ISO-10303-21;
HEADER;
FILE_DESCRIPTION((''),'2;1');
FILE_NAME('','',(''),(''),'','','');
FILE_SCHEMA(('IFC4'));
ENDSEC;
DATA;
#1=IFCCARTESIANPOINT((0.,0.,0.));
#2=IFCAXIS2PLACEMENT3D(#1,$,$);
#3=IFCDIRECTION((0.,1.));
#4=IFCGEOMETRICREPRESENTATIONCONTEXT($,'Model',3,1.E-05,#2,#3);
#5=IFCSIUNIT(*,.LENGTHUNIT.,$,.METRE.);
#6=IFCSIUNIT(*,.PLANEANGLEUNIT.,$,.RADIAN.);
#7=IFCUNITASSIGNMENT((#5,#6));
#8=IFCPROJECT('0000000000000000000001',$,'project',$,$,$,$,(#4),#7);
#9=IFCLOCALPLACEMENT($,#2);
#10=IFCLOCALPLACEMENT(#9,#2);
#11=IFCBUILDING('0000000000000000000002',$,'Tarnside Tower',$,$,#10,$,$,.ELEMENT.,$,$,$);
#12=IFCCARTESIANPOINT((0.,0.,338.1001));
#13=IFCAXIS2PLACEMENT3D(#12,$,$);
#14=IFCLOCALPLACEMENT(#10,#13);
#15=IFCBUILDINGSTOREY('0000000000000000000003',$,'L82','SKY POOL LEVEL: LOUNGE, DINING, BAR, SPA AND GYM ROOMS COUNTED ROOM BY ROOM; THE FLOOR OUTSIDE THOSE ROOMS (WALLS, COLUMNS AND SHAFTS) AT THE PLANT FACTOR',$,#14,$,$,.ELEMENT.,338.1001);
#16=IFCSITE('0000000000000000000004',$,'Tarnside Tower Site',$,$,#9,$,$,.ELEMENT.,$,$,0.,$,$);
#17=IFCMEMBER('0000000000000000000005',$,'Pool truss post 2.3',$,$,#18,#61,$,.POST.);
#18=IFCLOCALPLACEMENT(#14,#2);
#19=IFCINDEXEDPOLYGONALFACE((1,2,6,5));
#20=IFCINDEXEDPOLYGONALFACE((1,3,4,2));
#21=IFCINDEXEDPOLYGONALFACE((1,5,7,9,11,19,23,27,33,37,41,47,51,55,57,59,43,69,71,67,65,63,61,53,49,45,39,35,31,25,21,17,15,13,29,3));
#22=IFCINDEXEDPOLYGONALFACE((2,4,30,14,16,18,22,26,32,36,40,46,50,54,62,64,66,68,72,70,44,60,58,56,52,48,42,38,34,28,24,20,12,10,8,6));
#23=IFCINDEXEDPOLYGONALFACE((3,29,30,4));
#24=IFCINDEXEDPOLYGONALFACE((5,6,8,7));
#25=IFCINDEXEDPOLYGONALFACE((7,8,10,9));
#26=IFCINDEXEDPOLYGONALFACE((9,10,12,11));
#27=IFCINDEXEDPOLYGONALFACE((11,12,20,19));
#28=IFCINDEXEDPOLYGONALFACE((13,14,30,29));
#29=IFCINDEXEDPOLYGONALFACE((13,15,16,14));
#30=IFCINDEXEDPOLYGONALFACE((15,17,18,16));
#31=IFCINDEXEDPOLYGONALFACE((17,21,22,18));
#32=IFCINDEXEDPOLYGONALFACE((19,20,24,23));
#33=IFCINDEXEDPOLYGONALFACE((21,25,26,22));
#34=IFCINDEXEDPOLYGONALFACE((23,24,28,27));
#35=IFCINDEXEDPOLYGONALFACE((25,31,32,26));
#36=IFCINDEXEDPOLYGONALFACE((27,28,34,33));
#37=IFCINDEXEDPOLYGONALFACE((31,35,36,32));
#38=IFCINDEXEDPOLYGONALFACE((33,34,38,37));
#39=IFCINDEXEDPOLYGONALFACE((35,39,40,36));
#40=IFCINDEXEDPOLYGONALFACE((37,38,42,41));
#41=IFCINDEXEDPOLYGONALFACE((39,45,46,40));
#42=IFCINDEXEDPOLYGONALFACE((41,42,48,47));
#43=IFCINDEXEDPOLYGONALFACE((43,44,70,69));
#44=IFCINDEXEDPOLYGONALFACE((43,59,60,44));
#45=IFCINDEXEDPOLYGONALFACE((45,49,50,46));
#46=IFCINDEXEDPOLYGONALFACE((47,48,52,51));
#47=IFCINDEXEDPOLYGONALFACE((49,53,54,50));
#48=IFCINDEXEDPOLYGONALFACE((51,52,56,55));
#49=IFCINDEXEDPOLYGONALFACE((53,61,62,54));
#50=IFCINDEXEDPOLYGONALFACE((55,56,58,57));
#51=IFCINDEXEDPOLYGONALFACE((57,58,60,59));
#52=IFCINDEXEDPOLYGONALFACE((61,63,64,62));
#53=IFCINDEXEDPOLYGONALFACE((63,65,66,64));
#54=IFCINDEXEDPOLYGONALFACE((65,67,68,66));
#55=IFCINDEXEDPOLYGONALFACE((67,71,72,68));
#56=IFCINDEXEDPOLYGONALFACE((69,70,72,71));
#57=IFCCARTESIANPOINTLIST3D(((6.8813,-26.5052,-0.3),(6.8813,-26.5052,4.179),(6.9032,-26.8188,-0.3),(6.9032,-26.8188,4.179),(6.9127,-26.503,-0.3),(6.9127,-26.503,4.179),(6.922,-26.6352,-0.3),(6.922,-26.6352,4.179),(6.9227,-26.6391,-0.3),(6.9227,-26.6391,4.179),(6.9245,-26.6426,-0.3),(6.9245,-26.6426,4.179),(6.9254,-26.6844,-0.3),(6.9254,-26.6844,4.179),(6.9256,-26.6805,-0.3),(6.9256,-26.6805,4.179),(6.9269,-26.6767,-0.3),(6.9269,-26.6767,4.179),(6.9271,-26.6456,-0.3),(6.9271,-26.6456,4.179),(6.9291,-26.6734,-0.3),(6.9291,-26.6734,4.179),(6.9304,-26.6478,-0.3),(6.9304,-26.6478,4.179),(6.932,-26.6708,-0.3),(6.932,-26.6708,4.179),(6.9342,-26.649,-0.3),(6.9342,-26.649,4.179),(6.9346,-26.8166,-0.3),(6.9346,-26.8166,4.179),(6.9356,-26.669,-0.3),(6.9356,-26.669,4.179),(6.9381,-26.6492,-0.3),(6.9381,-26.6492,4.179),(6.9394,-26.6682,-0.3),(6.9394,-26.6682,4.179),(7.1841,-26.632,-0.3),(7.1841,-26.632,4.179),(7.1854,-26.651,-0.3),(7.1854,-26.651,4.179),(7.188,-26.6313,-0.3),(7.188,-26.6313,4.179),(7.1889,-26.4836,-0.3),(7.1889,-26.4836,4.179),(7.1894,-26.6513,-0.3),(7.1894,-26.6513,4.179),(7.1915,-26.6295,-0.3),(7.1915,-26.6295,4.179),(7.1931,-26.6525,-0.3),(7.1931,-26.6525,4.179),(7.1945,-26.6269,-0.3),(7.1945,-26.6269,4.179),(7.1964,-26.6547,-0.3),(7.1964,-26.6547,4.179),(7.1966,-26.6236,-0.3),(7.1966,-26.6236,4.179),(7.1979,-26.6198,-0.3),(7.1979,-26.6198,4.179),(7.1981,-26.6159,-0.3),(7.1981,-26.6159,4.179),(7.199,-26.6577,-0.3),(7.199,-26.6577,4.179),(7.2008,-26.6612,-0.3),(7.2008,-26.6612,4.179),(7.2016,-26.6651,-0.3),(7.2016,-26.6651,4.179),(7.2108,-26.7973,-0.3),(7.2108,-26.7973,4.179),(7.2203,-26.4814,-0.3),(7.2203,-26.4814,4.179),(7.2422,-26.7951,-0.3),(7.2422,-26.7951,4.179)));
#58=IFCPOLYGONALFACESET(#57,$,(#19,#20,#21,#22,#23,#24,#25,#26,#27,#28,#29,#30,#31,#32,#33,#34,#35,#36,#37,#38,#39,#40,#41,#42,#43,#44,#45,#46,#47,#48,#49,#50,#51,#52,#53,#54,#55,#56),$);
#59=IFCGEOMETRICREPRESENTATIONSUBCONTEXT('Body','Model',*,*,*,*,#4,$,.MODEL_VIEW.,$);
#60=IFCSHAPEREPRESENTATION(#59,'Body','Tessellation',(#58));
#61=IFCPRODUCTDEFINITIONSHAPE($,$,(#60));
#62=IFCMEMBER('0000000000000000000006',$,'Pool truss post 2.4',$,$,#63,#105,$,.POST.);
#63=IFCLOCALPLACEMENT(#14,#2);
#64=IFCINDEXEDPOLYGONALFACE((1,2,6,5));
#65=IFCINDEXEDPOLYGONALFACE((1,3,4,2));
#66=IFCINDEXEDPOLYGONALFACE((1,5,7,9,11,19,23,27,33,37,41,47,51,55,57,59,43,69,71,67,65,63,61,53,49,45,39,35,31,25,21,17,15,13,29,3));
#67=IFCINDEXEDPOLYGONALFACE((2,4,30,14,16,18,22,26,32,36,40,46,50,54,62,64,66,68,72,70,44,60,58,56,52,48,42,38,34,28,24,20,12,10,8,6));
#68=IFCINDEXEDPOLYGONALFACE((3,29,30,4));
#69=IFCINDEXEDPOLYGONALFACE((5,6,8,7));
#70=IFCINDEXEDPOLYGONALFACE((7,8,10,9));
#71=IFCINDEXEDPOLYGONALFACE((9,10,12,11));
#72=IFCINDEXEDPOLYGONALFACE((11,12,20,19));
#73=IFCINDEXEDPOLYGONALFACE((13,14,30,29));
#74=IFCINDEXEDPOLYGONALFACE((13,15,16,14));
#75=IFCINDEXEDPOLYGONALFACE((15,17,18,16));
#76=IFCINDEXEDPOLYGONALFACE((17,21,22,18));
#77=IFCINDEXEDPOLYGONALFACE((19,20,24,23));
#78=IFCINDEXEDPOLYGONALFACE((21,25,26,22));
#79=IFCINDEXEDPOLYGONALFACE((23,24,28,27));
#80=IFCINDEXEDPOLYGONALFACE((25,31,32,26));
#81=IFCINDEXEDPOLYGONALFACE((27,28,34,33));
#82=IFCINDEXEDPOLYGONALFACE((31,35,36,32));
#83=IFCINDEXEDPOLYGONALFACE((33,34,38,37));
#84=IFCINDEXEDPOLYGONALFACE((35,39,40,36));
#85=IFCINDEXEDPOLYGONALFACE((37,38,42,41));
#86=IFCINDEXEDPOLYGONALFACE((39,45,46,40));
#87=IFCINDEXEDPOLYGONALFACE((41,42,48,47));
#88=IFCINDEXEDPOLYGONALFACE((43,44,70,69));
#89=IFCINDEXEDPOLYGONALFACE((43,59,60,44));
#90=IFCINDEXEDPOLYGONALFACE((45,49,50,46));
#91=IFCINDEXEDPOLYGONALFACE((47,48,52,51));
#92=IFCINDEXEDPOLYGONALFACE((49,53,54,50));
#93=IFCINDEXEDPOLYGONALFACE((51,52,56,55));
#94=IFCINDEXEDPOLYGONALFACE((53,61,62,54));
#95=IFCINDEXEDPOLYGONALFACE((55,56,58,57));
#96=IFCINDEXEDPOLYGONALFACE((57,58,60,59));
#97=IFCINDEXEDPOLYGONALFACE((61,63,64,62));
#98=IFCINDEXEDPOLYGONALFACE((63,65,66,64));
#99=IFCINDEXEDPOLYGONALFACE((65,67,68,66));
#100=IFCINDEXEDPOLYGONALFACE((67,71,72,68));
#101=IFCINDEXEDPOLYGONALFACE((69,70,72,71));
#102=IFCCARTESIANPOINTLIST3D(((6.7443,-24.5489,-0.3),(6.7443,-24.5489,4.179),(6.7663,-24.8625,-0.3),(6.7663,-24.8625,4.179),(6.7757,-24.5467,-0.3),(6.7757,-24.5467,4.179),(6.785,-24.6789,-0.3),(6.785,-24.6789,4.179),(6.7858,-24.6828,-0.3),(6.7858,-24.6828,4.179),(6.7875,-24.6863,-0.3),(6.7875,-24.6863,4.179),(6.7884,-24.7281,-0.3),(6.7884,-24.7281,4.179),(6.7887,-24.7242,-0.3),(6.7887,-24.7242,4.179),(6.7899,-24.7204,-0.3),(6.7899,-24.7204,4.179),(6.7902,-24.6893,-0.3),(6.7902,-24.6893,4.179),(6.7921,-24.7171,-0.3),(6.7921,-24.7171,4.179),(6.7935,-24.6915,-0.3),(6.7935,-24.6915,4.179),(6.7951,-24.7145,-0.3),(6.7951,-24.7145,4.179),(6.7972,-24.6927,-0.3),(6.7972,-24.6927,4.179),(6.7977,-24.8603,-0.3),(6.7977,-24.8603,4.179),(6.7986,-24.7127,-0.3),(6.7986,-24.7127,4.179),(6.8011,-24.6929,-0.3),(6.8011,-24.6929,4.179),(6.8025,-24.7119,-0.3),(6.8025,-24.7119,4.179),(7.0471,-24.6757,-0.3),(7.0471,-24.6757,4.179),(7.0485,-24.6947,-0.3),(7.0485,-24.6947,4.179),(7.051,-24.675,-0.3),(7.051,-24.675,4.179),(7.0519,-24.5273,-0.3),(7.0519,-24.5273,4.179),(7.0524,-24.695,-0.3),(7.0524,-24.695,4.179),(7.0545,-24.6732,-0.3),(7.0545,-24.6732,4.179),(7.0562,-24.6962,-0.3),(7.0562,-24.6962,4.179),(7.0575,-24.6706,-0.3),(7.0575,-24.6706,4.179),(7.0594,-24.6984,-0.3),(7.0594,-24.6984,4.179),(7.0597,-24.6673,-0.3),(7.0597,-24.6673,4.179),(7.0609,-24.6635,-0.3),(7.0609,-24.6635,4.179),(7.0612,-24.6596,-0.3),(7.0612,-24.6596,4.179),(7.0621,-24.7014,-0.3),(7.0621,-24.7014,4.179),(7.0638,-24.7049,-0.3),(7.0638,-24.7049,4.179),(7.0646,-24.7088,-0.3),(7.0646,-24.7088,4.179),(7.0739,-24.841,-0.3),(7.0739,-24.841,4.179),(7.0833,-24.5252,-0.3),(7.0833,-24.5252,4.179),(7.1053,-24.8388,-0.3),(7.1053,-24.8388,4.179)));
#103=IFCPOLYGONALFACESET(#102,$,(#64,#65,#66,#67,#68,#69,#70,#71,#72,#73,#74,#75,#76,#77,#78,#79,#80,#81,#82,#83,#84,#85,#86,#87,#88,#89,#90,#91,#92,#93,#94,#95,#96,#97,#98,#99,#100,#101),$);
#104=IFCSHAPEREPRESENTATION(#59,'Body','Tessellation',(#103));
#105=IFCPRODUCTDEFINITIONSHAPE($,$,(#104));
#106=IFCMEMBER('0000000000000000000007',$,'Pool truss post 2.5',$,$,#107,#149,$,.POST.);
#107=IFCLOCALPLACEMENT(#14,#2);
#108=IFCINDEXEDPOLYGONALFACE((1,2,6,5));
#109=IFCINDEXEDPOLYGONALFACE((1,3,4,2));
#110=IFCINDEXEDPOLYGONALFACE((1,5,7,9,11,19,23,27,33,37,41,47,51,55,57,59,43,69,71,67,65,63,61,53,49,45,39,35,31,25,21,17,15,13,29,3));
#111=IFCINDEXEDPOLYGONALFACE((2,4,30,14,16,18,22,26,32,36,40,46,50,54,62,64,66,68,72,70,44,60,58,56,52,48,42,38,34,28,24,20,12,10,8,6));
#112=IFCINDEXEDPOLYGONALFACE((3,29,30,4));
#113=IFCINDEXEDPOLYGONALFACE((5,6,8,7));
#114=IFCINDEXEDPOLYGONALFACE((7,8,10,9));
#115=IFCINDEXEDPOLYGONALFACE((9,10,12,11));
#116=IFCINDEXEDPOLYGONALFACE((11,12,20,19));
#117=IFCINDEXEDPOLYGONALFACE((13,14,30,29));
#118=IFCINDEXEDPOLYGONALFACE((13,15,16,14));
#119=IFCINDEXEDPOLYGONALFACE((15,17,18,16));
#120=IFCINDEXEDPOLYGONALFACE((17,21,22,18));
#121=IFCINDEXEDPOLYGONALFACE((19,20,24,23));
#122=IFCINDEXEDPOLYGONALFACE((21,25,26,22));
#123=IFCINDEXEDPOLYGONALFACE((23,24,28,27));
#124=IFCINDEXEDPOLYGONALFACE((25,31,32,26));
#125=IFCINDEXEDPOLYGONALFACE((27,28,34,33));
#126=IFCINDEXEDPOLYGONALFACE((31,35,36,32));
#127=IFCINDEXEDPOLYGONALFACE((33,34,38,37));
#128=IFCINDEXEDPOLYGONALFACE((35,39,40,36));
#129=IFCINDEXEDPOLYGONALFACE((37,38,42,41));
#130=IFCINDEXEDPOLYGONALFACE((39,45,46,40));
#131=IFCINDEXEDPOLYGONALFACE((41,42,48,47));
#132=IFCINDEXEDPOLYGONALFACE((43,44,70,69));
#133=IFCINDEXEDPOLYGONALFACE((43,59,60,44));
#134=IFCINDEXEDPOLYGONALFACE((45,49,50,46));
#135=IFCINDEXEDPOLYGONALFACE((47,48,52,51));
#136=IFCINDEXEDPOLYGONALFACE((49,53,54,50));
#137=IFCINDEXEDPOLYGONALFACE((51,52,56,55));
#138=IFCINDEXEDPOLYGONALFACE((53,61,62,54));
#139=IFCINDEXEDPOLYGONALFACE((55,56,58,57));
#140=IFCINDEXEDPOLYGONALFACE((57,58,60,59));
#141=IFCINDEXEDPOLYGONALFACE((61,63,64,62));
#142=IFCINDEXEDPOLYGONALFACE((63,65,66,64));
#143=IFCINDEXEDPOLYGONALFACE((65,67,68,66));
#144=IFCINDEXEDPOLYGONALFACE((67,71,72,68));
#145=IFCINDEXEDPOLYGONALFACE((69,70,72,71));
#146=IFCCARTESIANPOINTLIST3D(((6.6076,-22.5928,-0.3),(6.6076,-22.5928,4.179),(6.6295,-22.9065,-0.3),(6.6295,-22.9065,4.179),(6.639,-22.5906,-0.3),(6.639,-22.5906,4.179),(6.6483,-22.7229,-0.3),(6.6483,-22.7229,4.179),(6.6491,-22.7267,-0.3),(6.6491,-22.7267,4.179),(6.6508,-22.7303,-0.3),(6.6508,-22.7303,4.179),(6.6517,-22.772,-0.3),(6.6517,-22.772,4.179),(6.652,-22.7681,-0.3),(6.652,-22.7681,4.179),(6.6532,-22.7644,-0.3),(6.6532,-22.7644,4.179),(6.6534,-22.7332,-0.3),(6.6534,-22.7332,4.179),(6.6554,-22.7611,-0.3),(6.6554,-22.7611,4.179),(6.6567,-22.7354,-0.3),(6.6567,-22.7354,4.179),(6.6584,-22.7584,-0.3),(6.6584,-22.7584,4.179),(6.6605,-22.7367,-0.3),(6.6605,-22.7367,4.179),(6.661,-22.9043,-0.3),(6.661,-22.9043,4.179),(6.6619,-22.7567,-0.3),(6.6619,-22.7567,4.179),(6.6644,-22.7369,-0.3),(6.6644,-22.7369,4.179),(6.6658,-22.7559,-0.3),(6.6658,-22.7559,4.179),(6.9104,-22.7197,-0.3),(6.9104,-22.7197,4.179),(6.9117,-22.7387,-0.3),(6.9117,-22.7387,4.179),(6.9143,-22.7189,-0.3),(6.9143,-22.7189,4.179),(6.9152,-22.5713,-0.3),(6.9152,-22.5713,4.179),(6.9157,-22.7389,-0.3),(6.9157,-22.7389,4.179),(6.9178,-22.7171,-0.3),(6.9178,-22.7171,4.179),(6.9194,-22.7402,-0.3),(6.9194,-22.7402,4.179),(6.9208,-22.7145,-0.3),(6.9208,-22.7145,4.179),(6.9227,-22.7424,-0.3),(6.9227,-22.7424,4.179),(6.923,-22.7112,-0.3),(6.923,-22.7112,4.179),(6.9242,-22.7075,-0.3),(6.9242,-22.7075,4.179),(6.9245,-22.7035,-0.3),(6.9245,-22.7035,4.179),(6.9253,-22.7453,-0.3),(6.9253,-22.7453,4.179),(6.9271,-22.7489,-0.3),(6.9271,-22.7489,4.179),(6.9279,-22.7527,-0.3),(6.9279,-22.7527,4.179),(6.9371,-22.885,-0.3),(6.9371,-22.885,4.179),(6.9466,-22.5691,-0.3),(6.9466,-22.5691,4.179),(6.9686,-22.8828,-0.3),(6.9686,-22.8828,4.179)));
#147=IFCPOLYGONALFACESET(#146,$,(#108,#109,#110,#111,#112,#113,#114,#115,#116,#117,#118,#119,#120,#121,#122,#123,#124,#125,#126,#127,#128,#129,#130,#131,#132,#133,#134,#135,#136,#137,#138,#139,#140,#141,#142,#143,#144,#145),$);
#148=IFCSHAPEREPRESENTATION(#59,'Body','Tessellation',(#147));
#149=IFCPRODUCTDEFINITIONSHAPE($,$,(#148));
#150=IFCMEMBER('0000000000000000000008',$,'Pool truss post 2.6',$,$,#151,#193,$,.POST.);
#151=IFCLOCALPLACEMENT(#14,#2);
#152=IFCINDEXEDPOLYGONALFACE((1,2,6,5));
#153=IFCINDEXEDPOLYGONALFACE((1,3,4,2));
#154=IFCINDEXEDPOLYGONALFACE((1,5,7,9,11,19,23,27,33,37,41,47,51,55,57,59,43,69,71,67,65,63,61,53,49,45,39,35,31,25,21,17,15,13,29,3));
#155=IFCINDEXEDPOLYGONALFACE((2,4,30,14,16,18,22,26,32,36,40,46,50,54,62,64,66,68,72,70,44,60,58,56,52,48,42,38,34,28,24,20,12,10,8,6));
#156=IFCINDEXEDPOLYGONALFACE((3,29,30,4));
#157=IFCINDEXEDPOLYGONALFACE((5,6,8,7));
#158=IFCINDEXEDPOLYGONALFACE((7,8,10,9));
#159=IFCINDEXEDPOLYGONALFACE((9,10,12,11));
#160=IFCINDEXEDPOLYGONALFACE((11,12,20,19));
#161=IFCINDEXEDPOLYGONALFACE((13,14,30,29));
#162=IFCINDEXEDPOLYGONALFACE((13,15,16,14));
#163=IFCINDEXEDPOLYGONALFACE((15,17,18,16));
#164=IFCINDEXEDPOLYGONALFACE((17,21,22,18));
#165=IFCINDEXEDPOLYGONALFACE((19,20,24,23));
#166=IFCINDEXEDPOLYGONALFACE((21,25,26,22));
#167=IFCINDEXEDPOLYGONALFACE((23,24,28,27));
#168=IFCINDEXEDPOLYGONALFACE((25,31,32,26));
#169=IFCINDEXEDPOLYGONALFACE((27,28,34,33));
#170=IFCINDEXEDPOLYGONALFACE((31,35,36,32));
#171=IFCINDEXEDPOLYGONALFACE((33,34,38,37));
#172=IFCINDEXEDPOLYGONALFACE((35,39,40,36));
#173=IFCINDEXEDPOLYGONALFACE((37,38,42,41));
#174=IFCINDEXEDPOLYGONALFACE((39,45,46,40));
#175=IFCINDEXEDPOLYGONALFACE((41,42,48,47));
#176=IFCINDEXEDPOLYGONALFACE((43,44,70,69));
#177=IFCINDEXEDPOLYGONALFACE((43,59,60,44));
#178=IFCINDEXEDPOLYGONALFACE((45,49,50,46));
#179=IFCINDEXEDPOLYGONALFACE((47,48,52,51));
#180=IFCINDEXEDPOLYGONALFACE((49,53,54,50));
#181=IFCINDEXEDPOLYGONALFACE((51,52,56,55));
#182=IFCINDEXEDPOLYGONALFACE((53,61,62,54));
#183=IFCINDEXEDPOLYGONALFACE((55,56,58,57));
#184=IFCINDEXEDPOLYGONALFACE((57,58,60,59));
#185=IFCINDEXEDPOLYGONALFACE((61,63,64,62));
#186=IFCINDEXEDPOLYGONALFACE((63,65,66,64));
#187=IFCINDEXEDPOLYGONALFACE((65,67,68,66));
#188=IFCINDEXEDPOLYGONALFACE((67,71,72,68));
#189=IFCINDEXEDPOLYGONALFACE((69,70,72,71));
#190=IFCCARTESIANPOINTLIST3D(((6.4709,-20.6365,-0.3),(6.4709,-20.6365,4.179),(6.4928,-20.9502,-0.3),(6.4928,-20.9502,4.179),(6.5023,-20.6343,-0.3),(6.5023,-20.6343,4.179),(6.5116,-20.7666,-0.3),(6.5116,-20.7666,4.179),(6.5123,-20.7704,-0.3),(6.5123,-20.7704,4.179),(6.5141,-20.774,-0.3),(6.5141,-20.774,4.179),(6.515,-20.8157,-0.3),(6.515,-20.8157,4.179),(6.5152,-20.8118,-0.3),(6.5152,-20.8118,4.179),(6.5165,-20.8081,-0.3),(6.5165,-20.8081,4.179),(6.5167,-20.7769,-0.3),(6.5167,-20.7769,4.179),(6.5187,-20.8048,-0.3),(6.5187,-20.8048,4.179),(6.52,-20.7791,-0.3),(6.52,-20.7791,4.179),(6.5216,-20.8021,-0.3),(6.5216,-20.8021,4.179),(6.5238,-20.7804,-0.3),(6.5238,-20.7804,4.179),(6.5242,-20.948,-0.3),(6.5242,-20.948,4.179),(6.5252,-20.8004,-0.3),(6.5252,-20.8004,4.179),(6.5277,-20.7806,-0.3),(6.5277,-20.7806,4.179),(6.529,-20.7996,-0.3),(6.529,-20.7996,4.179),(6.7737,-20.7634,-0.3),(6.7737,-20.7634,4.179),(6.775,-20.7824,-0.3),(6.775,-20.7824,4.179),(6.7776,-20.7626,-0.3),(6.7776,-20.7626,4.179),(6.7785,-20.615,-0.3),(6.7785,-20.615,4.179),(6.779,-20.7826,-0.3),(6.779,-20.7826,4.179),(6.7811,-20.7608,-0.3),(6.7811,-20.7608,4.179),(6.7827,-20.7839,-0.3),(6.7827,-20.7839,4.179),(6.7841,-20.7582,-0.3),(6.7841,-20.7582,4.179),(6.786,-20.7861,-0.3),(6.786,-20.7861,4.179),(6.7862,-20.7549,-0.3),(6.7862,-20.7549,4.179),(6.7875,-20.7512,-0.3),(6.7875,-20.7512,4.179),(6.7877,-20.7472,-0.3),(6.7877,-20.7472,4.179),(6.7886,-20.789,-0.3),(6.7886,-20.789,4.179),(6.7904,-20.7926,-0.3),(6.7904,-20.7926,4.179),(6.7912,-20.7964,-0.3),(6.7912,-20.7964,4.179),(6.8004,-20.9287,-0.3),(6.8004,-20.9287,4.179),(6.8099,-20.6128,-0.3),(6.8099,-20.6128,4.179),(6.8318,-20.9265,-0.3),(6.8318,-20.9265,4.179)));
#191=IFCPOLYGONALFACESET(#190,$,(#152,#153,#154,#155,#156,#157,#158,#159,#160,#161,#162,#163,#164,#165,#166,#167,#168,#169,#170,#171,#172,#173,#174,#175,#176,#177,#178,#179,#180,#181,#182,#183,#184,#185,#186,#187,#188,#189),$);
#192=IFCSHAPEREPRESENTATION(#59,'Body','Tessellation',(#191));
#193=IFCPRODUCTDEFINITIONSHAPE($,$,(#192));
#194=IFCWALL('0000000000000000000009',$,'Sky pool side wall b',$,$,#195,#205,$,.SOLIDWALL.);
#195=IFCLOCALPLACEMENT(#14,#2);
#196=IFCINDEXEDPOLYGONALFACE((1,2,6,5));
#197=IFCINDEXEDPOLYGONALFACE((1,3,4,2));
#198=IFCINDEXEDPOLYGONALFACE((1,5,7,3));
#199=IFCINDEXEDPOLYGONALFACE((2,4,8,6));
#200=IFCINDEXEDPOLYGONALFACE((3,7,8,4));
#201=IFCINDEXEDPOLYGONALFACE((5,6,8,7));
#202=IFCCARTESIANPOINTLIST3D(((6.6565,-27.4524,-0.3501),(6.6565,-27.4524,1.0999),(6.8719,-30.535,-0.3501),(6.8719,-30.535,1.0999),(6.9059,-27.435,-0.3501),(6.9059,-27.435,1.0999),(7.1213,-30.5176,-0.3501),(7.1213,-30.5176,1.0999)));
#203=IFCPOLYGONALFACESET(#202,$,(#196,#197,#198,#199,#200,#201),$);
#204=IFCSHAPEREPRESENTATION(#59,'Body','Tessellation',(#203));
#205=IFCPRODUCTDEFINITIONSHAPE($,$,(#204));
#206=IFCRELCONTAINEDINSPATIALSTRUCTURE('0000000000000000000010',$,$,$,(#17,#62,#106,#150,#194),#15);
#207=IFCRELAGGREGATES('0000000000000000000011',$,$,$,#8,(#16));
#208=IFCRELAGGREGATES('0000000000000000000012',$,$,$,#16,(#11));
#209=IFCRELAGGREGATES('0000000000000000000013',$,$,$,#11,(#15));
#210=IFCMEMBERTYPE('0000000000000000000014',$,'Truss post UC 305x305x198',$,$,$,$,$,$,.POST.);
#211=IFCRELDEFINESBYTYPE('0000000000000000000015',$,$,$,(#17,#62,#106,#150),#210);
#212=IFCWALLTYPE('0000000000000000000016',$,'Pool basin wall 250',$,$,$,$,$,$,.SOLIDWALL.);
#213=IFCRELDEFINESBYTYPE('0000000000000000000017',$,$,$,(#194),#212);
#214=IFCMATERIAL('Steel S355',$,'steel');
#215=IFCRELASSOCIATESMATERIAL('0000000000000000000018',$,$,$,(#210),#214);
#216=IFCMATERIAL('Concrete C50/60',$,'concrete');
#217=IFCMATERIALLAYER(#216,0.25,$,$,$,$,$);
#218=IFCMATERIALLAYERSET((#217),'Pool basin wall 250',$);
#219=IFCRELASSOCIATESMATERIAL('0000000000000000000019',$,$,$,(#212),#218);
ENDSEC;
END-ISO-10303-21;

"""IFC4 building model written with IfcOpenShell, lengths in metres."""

from ifc_helpers import new_model, si_unit, direction, frame, frame_2d, origin, origin_2d, place, context, subcontext, project, spatial, rectangle, i_section, extrude, material, layer, layer_set, material_profile, profile_set, type_object, element, save


model = new_model("IFC4")

# Units and contexts
model_context = context("Model", 3, precision=1e-05, world=origin(), true_north=direction((0.0, 1.0)))
body_context = subcontext(model_context, "Body", "Model", "MODEL_VIEW")
ifc_project = project(units=[si_unit("LENGTHUNIT", "METRE"), si_unit("PLANEANGLEUNIT", "RADIAN")], contexts=[model_context])

# Site, building, storey
site_placement = place(None, origin())
site = spatial("IfcSite", under=ifc_project, at=site_placement, Name="Tarnside Tower Site", CompositionType="ELEMENT", RefElevation=0.0)
building_placement = place(site_placement, origin())
building = spatial("IfcBuilding", under=site, at=building_placement, Name="Tarnside Tower", CompositionType="ELEMENT")
storey_placement = place(building_placement, frame((0.0, 0.0, 338.1001)))
storey = spatial("IfcBuildingStorey", under=building, at=storey_placement, Name="L82", Description="SKY POOL LEVEL: LOUNGE, DINING, BAR, SPA AND GYM ROOMS COUNTED ROOM BY ROOM; THE FLOOR OUTSIDE THOSE ROOMS (WALLS, COLUMNS AND SHAFTS) AT THE PLANT FACTOR", CompositionType="ELEMENT", Elevation=338.1001)

# Shared definitions
ifc_material_1 = material(Name="Steel S355", Category="steel")

# Members
ifc_material_profile_1 = material_profile(ifc_material_1, i_section(OverallWidth=0.3145, OverallDepth=0.3398, WebThickness=0.019, FlangeThickness=0.0315, FilletRadius=0.0151, at=origin_2d()), Name="UC 305x305x198")
ifc_profile_set_1 = profile_set([ifc_material_profile_1], Name="Steel S355")
member_type_1 = type_object("IfcMemberType", Name="Truss post UC 305x305x198", PredefinedType="POST", material=ifc_profile_set_1)
for number, where, z_axis, x_axis, name in (
    (1, (7.0618, -26.6501, -0.3), (0.0, 0.0, 1.0), (-0.069756, 0.997564, 0.0), "Pool truss post 2.3"),
    (2, (6.9248, -24.6938, -0.3), (0.0, 0.0, 1.0), (-0.069756, 0.997564, 0.0), "Pool truss post 2.4"),
    (3, (6.7881, -22.7378, -0.3), (0.0, 0.0, 1.0), (-0.069756, 0.997564, 0.0), "Pool truss post 2.5"),
    (4, (6.6514, -20.7815, -0.3), (0.0, 0.0, 1.0), (-0.069756, 0.997564, 0.0), "Pool truss post 2.6"),
):
    element("IfcMember", number, at=place(storey_placement, frame(where, z_axis=z_axis, x_axis=x_axis)), inside=storey, type_object=member_type_1, Name=name, PredefinedType="POST", context=body_context, shape_type="SweptSolid", body=[
        extrude(i_section(OverallWidth=0.3145, OverallDepth=0.3398, WebThickness=0.019, FlangeThickness=0.0315, FilletRadius=0.0151, at=origin_2d()), origin(), (0.0, 0.0, 1.0), 4.479),
    ])

# Wall
ifc_material_2 = material(Name="Concrete C50/60", Category="concrete")
ifc_layer_1 = layer(ifc_material_2, 0.25)
ifc_layer_set_1 = layer_set([ifc_layer_1], Name="Pool basin wall 250")
wall_type_1 = type_object("IfcWallType", Name="Pool basin wall 250", PredefinedType="SOLIDWALL", material=ifc_layer_set_1)
wall_1_placement = place(storey_placement, frame((6.7812, -27.4438, -0.3501), z_axis=(0.0, 0.0, 1.0), x_axis=(0.069686, -0.997569, 0.0)))
element("IfcWall", 5, at=wall_1_placement, inside=storey, type_object=wall_type_1, Name="Sky pool side wall b", PredefinedType="SOLIDWALL", context=body_context, shape_type="SweptSolid", body=[
    extrude(rectangle(XDim=3.0901, YDim=0.25, at=frame_2d((1.5449, 0.0))), origin(), (0.0, 0.0, 1.0), 1.45),
])

save(model, "model.ifc")
